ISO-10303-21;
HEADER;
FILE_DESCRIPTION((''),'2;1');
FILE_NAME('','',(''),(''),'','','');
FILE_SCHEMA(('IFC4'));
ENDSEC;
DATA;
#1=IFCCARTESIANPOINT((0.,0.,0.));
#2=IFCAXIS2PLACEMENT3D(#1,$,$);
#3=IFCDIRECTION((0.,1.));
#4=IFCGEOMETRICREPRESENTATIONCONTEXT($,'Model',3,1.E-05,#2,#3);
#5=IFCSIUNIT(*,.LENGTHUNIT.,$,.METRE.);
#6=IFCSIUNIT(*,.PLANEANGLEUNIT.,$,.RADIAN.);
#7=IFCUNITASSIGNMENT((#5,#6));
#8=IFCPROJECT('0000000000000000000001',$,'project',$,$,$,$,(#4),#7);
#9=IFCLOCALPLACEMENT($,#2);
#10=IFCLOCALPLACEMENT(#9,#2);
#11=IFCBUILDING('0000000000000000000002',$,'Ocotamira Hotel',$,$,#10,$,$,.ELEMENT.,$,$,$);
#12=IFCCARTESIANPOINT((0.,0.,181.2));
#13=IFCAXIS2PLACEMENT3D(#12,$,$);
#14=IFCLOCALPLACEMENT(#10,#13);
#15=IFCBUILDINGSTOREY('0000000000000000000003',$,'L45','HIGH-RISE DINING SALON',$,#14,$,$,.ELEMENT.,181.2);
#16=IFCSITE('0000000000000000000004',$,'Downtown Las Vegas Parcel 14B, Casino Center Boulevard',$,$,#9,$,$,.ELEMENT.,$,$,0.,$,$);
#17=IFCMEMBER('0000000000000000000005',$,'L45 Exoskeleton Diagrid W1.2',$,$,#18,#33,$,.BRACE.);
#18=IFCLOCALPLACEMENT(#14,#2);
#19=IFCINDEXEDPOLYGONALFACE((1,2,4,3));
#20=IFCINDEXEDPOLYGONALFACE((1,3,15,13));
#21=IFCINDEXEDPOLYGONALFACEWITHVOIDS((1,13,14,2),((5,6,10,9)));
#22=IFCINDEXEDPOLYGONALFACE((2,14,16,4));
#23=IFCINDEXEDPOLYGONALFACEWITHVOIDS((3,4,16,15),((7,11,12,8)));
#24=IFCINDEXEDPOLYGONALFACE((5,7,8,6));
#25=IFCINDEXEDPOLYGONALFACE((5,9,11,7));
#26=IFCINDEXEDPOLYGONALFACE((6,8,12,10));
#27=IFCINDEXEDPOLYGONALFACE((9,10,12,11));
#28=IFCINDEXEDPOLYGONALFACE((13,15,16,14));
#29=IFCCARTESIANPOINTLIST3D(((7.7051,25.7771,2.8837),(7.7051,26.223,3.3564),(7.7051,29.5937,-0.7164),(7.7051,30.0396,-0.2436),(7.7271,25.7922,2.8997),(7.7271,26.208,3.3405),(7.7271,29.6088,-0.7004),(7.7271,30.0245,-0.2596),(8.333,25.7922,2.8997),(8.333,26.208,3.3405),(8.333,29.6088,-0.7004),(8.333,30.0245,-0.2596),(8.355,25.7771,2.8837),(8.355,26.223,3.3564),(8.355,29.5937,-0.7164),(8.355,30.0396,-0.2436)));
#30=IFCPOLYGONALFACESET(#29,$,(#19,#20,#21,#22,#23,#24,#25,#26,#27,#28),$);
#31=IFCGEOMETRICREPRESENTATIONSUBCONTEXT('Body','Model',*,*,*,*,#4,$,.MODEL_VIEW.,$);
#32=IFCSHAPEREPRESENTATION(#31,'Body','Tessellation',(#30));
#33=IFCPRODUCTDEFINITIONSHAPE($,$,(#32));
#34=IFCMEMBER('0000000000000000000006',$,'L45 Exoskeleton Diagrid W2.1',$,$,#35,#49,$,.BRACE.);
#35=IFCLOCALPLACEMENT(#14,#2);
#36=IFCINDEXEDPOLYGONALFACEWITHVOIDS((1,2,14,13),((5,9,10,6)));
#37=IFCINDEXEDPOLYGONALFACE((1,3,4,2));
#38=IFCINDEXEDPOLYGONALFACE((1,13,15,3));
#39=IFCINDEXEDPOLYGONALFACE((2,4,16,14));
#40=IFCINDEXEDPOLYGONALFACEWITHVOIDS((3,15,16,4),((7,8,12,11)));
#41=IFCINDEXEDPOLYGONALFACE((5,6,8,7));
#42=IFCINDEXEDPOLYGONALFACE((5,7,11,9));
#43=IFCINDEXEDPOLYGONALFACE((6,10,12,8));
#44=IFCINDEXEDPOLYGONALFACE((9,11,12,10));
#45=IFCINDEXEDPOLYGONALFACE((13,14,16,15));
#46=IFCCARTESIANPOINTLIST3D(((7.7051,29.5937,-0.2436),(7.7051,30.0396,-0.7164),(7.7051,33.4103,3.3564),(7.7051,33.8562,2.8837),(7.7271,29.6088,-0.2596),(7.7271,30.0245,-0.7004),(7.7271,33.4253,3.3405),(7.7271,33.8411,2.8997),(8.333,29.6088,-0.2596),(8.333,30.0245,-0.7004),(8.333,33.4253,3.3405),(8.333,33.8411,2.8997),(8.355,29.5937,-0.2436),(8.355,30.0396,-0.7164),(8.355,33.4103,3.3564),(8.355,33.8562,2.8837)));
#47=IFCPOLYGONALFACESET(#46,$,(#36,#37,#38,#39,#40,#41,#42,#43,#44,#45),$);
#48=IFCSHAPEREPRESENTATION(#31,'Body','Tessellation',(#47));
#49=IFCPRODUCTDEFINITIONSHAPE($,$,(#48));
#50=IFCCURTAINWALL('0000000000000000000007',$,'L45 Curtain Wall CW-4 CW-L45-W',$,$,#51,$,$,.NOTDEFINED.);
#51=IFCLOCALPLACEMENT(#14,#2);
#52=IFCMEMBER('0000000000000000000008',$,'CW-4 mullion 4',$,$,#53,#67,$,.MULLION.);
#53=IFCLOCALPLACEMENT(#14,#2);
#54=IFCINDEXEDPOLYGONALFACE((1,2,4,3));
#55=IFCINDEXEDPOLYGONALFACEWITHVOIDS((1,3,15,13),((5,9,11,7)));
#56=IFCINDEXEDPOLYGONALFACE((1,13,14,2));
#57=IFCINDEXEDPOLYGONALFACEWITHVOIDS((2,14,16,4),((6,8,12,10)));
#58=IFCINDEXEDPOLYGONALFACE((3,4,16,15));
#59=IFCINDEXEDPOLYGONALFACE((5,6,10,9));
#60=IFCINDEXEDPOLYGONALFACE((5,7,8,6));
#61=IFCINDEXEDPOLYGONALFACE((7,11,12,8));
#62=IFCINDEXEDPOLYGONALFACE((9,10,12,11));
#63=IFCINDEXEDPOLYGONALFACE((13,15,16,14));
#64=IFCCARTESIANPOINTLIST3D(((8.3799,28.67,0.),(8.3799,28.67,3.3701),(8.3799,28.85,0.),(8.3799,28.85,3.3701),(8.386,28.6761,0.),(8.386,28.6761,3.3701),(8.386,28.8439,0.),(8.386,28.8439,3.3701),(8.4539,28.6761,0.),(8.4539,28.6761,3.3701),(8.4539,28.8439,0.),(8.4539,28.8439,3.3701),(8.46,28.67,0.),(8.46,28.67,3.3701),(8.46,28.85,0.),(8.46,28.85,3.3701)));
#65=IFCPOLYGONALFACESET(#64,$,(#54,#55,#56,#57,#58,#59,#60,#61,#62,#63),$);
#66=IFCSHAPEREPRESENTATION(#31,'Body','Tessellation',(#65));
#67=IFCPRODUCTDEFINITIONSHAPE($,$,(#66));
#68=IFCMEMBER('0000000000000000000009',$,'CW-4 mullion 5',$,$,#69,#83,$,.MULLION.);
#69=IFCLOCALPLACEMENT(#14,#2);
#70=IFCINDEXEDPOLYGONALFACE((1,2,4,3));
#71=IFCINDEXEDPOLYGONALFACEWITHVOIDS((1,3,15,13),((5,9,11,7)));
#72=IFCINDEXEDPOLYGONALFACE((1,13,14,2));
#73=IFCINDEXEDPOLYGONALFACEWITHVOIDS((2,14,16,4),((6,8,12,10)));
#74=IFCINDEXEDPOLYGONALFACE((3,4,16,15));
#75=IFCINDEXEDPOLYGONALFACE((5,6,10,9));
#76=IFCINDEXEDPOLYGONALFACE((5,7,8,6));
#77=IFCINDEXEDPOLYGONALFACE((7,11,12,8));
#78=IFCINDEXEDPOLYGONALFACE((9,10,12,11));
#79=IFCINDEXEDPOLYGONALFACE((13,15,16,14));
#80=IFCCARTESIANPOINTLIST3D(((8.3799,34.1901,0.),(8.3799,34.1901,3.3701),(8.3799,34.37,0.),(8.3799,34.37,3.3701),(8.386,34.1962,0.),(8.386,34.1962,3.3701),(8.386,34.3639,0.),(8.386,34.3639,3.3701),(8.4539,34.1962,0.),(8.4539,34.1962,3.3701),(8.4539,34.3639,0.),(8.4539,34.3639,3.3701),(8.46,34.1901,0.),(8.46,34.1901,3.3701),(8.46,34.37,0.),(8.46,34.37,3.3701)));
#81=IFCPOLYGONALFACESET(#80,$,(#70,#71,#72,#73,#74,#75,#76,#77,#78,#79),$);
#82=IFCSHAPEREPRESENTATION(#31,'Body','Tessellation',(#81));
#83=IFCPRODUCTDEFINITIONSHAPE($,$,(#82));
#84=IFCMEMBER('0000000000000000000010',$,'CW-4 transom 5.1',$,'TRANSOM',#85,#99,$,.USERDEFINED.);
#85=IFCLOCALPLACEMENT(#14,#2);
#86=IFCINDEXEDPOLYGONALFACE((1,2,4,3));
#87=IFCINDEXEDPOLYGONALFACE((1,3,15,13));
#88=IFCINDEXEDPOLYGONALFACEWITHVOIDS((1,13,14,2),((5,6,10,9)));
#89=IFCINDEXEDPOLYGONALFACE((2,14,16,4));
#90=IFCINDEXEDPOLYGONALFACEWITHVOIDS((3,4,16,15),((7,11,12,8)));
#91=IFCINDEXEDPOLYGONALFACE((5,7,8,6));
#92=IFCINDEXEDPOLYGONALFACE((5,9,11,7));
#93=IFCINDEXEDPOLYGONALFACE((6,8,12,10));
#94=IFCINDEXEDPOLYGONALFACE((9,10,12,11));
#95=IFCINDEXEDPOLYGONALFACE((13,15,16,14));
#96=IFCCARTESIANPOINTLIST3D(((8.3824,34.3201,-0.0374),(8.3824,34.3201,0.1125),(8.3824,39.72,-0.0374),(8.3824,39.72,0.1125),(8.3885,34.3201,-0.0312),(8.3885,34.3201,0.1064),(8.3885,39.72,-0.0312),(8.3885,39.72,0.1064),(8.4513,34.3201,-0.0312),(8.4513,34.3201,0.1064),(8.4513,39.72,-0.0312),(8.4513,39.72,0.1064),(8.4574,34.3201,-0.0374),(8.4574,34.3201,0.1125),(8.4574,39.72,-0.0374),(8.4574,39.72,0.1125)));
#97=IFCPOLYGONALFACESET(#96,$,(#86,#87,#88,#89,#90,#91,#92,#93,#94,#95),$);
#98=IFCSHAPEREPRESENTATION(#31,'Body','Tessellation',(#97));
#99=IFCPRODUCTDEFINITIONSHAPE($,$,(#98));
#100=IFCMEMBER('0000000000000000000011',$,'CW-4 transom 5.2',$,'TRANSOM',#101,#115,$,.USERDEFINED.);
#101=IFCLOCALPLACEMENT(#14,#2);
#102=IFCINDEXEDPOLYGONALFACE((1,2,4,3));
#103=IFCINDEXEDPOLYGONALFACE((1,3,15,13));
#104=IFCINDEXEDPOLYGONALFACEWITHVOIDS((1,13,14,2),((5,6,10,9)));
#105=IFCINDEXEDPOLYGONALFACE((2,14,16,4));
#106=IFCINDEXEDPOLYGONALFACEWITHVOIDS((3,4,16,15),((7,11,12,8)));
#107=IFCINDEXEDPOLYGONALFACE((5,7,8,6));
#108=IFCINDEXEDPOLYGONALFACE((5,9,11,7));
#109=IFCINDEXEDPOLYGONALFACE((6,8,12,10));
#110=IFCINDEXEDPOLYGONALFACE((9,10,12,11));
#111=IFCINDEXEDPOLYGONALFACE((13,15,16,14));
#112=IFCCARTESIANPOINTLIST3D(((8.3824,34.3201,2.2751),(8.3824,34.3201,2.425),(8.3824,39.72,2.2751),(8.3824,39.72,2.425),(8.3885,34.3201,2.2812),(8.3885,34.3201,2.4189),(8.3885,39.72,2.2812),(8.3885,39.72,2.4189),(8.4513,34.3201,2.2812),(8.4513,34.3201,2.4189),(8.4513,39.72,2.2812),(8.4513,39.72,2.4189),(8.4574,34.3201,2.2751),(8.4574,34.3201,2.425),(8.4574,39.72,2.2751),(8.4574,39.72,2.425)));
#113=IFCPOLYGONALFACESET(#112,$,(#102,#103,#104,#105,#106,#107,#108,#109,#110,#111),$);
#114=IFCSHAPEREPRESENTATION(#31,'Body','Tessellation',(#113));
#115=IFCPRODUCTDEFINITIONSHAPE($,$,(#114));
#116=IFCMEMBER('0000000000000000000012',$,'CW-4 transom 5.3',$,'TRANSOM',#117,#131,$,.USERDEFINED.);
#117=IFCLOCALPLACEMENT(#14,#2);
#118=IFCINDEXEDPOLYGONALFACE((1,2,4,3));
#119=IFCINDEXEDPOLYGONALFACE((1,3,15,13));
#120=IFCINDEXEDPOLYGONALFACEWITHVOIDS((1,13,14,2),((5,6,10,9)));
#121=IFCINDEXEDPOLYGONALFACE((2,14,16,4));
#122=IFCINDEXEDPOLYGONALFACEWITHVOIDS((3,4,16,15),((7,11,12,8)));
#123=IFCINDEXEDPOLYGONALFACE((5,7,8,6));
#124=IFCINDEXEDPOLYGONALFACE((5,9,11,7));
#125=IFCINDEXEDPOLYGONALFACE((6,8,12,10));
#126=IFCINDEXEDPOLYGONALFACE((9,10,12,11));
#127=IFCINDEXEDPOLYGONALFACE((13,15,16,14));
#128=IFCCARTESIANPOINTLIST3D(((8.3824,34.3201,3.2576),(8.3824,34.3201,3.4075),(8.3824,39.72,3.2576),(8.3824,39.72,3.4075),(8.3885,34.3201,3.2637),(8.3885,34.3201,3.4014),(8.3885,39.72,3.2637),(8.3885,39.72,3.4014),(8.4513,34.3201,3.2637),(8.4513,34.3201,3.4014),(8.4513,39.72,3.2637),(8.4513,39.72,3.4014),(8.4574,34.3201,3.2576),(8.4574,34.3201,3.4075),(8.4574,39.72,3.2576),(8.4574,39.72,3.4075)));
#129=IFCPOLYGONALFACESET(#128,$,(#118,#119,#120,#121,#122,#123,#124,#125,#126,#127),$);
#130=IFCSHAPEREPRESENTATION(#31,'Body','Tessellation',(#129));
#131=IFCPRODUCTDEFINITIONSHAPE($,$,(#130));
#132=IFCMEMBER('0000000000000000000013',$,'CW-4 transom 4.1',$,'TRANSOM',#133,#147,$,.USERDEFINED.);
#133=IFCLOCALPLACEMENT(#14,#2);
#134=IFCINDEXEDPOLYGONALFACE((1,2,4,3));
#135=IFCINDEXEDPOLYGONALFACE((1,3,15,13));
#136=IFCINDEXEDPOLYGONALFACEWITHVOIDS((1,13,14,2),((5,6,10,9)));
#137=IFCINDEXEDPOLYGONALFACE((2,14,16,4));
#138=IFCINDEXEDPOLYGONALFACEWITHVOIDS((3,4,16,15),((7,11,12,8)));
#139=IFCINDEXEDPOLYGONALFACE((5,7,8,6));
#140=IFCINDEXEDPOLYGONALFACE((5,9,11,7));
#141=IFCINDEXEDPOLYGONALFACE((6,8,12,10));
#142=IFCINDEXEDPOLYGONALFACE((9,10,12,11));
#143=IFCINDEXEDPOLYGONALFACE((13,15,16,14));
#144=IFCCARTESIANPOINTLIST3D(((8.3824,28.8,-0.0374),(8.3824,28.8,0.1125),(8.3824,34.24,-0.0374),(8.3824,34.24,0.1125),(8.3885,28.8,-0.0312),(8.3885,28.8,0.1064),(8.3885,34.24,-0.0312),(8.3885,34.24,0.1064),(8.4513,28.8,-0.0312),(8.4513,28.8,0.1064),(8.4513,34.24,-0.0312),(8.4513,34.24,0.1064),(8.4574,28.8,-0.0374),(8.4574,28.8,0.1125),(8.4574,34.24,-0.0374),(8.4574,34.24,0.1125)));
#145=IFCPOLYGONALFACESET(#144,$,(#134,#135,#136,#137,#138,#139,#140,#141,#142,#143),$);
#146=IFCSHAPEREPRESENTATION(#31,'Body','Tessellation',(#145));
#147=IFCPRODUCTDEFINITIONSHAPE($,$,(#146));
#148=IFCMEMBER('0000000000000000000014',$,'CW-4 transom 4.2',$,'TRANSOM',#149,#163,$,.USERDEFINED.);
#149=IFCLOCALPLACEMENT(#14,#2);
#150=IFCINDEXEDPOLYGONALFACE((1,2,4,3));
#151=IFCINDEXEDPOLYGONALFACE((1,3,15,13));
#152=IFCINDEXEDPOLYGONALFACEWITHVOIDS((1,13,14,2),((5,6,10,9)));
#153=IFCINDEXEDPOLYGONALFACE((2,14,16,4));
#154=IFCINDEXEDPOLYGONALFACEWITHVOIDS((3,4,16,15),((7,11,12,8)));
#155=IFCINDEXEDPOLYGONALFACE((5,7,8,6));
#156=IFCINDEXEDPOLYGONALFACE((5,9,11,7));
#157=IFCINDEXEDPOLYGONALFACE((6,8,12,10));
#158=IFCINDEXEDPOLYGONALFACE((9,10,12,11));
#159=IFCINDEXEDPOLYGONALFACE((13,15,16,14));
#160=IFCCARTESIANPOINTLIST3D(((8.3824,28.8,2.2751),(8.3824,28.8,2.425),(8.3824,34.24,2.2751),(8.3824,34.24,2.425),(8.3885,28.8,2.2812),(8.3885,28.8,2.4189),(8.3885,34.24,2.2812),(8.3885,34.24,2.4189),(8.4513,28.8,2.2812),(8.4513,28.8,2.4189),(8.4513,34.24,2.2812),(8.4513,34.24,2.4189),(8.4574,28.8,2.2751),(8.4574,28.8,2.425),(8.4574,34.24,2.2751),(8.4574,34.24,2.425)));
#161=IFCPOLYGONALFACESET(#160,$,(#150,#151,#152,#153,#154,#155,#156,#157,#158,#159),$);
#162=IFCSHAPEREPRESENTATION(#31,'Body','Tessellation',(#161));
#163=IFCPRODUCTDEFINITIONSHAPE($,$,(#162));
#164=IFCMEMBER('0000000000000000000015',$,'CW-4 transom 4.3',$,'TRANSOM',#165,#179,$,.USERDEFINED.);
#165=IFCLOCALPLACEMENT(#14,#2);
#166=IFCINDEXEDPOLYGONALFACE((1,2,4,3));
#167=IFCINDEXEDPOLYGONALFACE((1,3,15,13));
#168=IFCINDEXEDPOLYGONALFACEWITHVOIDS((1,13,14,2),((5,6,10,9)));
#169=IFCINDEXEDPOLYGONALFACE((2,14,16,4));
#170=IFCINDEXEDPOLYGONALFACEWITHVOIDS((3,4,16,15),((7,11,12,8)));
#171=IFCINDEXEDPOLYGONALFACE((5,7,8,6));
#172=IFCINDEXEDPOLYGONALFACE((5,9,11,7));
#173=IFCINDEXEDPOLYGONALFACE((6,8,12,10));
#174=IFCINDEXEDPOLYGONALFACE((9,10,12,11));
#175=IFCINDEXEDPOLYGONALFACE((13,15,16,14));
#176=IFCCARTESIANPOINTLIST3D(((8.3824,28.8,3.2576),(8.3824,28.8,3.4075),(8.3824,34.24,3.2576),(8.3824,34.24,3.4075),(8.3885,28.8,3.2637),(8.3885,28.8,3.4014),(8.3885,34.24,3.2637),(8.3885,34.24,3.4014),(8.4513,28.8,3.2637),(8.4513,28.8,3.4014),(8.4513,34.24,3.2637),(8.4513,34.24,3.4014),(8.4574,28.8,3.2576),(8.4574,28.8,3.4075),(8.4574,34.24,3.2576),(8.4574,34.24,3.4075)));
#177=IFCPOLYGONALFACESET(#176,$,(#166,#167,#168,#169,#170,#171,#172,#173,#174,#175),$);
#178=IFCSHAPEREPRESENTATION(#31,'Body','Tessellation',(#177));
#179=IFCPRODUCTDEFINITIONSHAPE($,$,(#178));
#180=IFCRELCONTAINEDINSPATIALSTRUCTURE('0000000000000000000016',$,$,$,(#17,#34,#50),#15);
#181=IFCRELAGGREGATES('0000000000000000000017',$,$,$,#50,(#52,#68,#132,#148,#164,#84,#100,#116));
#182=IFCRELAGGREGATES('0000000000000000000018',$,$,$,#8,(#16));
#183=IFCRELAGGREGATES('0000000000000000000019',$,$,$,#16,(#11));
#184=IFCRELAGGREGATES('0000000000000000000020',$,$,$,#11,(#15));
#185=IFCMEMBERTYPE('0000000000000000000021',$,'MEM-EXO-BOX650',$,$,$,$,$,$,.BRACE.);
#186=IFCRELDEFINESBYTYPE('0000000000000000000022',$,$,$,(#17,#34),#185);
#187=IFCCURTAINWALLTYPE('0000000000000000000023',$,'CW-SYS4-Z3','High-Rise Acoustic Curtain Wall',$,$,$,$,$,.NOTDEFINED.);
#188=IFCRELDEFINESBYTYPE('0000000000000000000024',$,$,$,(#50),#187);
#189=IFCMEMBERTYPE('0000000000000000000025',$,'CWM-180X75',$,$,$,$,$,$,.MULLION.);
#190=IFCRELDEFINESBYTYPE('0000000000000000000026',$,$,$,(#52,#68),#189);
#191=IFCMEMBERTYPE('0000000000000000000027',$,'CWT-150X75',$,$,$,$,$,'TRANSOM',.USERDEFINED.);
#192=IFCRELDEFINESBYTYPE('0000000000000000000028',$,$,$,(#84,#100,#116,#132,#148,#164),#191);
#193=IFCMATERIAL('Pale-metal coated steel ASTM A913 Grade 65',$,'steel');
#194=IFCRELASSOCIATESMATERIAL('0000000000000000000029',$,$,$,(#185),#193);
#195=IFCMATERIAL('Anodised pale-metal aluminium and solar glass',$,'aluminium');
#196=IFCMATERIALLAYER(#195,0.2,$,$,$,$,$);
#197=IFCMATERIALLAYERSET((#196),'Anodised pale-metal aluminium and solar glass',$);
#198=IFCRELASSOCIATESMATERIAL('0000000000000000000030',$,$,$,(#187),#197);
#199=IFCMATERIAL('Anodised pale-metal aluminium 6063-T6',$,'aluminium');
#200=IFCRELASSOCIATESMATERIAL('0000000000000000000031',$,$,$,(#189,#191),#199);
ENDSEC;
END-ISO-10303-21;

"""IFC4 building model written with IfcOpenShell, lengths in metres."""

from ifc_helpers import new_model, si_unit, direction, frame, origin, origin_2d, place, context, subcontext, project, spatial, hollow_rectangle, extrude, source, transform, mapped, material, layer, layer_set, material_profile, profile_set, type_object, element, aggregate, save


model = new_model("IFC4")

# Units and contexts
model_context = context("Model", 3, precision=1e-05, world=origin(), true_north=direction((0.0, 1.0)))
body_context = subcontext(model_context, "Body", "Model", "MODEL_VIEW")
ifc_project = project(units=[si_unit("LENGTHUNIT", "METRE"), si_unit("PLANEANGLEUNIT", "RADIAN")], contexts=[model_context])

# Site, building, storey
site_placement = place(None, origin())
site = spatial("IfcSite", under=ifc_project, at=site_placement, Name="Downtown Las Vegas Parcel 14B, Casino Center Boulevard", CompositionType="ELEMENT", RefElevation=0.0)
building_placement = place(site_placement, origin())
building = spatial("IfcBuilding", under=site, at=building_placement, Name="Ocotamira Hotel", CompositionType="ELEMENT")
storey_placement = place(building_placement, frame((0.0, 0.0, 181.2)))
storey = spatial("IfcBuildingStorey", under=building, at=storey_placement, Name="L45", Description="HIGH-RISE DINING SALON", CompositionType="ELEMENT", Elevation=181.2)

# Members
ifc_material_1 = material(Name="Pale-metal coated steel ASTM A913 Grade 65", Category="steel")
ifc_material_profile_1 = material_profile(ifc_material_1, hollow_rectangle(XDim=0.6499, YDim=0.6499, WallThickness=0.022, at=origin_2d()), Name="BOX650X650X22")
ifc_profile_set_1 = profile_set([ifc_material_profile_1], Name="Pale-metal coated steel ASTM A913 Grade 65")
member_type_1 = type_object("IfcMemberType", Name="MEM-EXO-BOX650", PredefinedType="BRACE", material=ifc_profile_set_1)
shared_shape_1 = source(origin(), body_context, "Body", "SweptSolid", [
    extrude(hollow_rectangle(XDim=0.6499, YDim=0.6499, WallThickness=0.022, at=origin_2d()), origin(), (0.0, 0.0, 1.0), 5.2466),
])
for number, where, z_axis, x_axis, name in (
    (1, (8.03, 29.8167, -0.48), (0.0, -0.727443, 0.686168), (1.0, 0.0, 0.0), "L45 Exoskeleton Diagrid W1.2"),
    (2, (8.03, 29.8167, -0.48), (0.0, 0.727443, 0.686168), (-1.0, 0.0, 0.0), "L45 Exoskeleton Diagrid W2.1"),
):
    element("IfcMember", number, at=place(storey_placement, frame(where, z_axis=z_axis, x_axis=x_axis)), inside=storey, type_object=member_type_1, Name=name, PredefinedType="BRACE", context=body_context, shape_type="MappedRepresentation", body=[
        mapped(shared_shape_1, transform((0.0, 0.0, 0.0), scale=1.0)),
    ])

# Curtain wall, members
ifc_material_2 = material(Name="Anodised pale-metal aluminium and solar glass", Category="aluminium")
ifc_layer_1 = layer(ifc_material_2, 0.2)
ifc_layer_set_1 = layer_set([ifc_layer_1], Name="Anodised pale-metal aluminium and solar glass")
curtain_wall_type = type_object("IfcCurtainWallType", Name="CW-SYS4-Z3", Description="High-Rise Acoustic Curtain Wall", PredefinedType="NOTDEFINED", material=ifc_layer_set_1)
curtain_wall_placement = place(storey_placement, origin())
curtain_wall = element("IfcCurtainWall", 3, at=curtain_wall_placement, inside=storey, type_object=curtain_wall_type, Name="L45 Curtain Wall CW-4 CW-L45-W", PredefinedType="NOTDEFINED")
ifc_material_3 = material(Name="Anodised pale-metal aluminium 6063-T6", Category="aluminium")
ifc_material_profile_2 = material_profile(ifc_material_3, hollow_rectangle(XDim=0.0801, YDim=0.1799, WallThickness=0.0061, at=origin_2d()), Name="HSS180X80X6")
ifc_profile_set_2 = profile_set([ifc_material_profile_2], Name="Anodised pale-metal aluminium 6063-T6")
member_type_2 = type_object("IfcMemberType", Name="CWM-180X75", PredefinedType="MULLION", material=ifc_profile_set_2)
shared_shape_2 = source(origin(), body_context, "Body", "SweptSolid", [
    extrude(hollow_rectangle(XDim=0.0801, YDim=0.1799, WallThickness=0.0061, at=origin_2d()), origin(), (0.0, 0.0, 1.0), 3.3701),
])
member_1_placement = place(storey_placement, frame((8.4199, 28.76, 0.0), z_axis=(0.0, 0.0, 1.0), x_axis=(-1.0, 0.0, 0.0)))
member_1 = element("IfcMember", 4, at=member_1_placement, type_object=member_type_2, Name="CW-4 mullion 4", PredefinedType="MULLION", context=body_context, shape_type="MappedRepresentation", body=[
    mapped(shared_shape_2, transform((0.0, 0.0, 0.0), scale=1.0)),
])
member_2_placement = place(storey_placement, frame((8.4199, 34.28, 0.0), z_axis=(0.0, 0.0, 1.0), x_axis=(-1.0, 0.0, 0.0)))
member_2 = element("IfcMember", 5, at=member_2_placement, type_object=member_type_2, Name="CW-4 mullion 5", PredefinedType="MULLION", context=body_context, shape_type="MappedRepresentation", body=[
    mapped(shared_shape_2, transform((0.0, 0.0, 0.0), scale=1.0)),
])
ifc_material_profile_3 = material_profile(ifc_material_3, hollow_rectangle(XDim=0.075, YDim=0.1499, WallThickness=0.0061, at=origin_2d()), Name="HSS150X75X6")
ifc_profile_set_3 = profile_set([ifc_material_profile_3], Name="Anodised pale-metal aluminium 6063-T6")
member_type_3 = type_object("IfcMemberType", Name="CWT-150X75", ElementType="TRANSOM", PredefinedType="USERDEFINED", material=ifc_profile_set_3)
shared_shape_3 = source(origin(), body_context, "Body", "SweptSolid", [
    extrude(hollow_rectangle(XDim=0.075, YDim=0.1499, WallThickness=0.0061, at=origin_2d()), origin(), (0.0, 0.0, 1.0), 5.3999),
])
member_3_placement = place(storey_placement, frame((8.4199, 34.3201, 0.0376), z_axis=(0.0, 1.0, 0.0), x_axis=(-1.0, 0.0, 0.0)))
member_3 = element("IfcMember", 6, at=member_3_placement, type_object=member_type_3, Name="CW-4 transom 5.1", ObjectType="TRANSOM", PredefinedType="USERDEFINED", context=body_context, shape_type="MappedRepresentation", body=[
    mapped(shared_shape_3, transform((0.0, 0.0, 0.0), scale=1.0)),
])
member_4_placement = place(storey_placement, frame((8.4199, 34.3201, 2.3501), z_axis=(0.0, 1.0, 0.0), x_axis=(-1.0, 0.0, 0.0)))
member_4 = element("IfcMember", 7, at=member_4_placement, type_object=member_type_3, Name="CW-4 transom 5.2", ObjectType="TRANSOM", PredefinedType="USERDEFINED", context=body_context, shape_type="MappedRepresentation", body=[
    mapped(shared_shape_3, transform((0.0, 0.0, 0.0), scale=1.0)),
])
member_5_placement = place(storey_placement, frame((8.4199, 34.3201, 3.3325), z_axis=(0.0, 1.0, 0.0), x_axis=(-1.0, 0.0, 0.0)))
member_5 = element("IfcMember", 8, at=member_5_placement, type_object=member_type_3, Name="CW-4 transom 5.3", ObjectType="TRANSOM", PredefinedType="USERDEFINED", context=body_context, shape_type="MappedRepresentation", body=[
    mapped(shared_shape_3, transform((0.0, 0.0, 0.0), scale=1.0)),
])
shared_shape_4 = source(origin(), body_context, "Body", "SweptSolid", [
    extrude(hollow_rectangle(XDim=0.075, YDim=0.1499, WallThickness=0.0061, at=origin_2d()), origin(), (0.0, 0.0, 1.0), 5.4399),
])
member_6_placement = place(storey_placement, frame((8.4199, 28.8, 0.0376), z_axis=(0.0, 1.0, 0.0), x_axis=(-1.0, 0.0, 0.0)))
member_6 = element("IfcMember", 9, at=member_6_placement, type_object=member_type_3, Name="CW-4 transom 4.1", ObjectType="TRANSOM", PredefinedType="USERDEFINED", context=body_context, shape_type="MappedRepresentation", body=[
    mapped(shared_shape_4, transform((0.0, 0.0, 0.0), scale=1.0)),
])
member_7_placement = place(storey_placement, frame((8.4199, 28.8, 2.3501), z_axis=(0.0, 1.0, 0.0), x_axis=(-1.0, 0.0, 0.0)))
member_7 = element("IfcMember", 10, at=member_7_placement, type_object=member_type_3, Name="CW-4 transom 4.2", ObjectType="TRANSOM", PredefinedType="USERDEFINED", context=body_context, shape_type="MappedRepresentation", body=[
    mapped(shared_shape_4, transform((0.0, 0.0, 0.0), scale=1.0)),
])
member_8_placement = place(storey_placement, frame((8.4199, 28.8, 3.3325), z_axis=(0.0, 1.0, 0.0), x_axis=(-1.0, 0.0, 0.0)))
member_8 = element("IfcMember", 11, at=member_8_placement, type_object=member_type_3, Name="CW-4 transom 4.3", ObjectType="TRANSOM", PredefinedType="USERDEFINED", context=body_context, shape_type="MappedRepresentation", body=[
    mapped(shared_shape_4, transform((0.0, 0.0, 0.0), scale=1.0)),
])

aggregate(curtain_wall, [member_1, member_2, member_6, member_7, member_8, member_3, member_4, member_5])

save(model, "model.ifc")
